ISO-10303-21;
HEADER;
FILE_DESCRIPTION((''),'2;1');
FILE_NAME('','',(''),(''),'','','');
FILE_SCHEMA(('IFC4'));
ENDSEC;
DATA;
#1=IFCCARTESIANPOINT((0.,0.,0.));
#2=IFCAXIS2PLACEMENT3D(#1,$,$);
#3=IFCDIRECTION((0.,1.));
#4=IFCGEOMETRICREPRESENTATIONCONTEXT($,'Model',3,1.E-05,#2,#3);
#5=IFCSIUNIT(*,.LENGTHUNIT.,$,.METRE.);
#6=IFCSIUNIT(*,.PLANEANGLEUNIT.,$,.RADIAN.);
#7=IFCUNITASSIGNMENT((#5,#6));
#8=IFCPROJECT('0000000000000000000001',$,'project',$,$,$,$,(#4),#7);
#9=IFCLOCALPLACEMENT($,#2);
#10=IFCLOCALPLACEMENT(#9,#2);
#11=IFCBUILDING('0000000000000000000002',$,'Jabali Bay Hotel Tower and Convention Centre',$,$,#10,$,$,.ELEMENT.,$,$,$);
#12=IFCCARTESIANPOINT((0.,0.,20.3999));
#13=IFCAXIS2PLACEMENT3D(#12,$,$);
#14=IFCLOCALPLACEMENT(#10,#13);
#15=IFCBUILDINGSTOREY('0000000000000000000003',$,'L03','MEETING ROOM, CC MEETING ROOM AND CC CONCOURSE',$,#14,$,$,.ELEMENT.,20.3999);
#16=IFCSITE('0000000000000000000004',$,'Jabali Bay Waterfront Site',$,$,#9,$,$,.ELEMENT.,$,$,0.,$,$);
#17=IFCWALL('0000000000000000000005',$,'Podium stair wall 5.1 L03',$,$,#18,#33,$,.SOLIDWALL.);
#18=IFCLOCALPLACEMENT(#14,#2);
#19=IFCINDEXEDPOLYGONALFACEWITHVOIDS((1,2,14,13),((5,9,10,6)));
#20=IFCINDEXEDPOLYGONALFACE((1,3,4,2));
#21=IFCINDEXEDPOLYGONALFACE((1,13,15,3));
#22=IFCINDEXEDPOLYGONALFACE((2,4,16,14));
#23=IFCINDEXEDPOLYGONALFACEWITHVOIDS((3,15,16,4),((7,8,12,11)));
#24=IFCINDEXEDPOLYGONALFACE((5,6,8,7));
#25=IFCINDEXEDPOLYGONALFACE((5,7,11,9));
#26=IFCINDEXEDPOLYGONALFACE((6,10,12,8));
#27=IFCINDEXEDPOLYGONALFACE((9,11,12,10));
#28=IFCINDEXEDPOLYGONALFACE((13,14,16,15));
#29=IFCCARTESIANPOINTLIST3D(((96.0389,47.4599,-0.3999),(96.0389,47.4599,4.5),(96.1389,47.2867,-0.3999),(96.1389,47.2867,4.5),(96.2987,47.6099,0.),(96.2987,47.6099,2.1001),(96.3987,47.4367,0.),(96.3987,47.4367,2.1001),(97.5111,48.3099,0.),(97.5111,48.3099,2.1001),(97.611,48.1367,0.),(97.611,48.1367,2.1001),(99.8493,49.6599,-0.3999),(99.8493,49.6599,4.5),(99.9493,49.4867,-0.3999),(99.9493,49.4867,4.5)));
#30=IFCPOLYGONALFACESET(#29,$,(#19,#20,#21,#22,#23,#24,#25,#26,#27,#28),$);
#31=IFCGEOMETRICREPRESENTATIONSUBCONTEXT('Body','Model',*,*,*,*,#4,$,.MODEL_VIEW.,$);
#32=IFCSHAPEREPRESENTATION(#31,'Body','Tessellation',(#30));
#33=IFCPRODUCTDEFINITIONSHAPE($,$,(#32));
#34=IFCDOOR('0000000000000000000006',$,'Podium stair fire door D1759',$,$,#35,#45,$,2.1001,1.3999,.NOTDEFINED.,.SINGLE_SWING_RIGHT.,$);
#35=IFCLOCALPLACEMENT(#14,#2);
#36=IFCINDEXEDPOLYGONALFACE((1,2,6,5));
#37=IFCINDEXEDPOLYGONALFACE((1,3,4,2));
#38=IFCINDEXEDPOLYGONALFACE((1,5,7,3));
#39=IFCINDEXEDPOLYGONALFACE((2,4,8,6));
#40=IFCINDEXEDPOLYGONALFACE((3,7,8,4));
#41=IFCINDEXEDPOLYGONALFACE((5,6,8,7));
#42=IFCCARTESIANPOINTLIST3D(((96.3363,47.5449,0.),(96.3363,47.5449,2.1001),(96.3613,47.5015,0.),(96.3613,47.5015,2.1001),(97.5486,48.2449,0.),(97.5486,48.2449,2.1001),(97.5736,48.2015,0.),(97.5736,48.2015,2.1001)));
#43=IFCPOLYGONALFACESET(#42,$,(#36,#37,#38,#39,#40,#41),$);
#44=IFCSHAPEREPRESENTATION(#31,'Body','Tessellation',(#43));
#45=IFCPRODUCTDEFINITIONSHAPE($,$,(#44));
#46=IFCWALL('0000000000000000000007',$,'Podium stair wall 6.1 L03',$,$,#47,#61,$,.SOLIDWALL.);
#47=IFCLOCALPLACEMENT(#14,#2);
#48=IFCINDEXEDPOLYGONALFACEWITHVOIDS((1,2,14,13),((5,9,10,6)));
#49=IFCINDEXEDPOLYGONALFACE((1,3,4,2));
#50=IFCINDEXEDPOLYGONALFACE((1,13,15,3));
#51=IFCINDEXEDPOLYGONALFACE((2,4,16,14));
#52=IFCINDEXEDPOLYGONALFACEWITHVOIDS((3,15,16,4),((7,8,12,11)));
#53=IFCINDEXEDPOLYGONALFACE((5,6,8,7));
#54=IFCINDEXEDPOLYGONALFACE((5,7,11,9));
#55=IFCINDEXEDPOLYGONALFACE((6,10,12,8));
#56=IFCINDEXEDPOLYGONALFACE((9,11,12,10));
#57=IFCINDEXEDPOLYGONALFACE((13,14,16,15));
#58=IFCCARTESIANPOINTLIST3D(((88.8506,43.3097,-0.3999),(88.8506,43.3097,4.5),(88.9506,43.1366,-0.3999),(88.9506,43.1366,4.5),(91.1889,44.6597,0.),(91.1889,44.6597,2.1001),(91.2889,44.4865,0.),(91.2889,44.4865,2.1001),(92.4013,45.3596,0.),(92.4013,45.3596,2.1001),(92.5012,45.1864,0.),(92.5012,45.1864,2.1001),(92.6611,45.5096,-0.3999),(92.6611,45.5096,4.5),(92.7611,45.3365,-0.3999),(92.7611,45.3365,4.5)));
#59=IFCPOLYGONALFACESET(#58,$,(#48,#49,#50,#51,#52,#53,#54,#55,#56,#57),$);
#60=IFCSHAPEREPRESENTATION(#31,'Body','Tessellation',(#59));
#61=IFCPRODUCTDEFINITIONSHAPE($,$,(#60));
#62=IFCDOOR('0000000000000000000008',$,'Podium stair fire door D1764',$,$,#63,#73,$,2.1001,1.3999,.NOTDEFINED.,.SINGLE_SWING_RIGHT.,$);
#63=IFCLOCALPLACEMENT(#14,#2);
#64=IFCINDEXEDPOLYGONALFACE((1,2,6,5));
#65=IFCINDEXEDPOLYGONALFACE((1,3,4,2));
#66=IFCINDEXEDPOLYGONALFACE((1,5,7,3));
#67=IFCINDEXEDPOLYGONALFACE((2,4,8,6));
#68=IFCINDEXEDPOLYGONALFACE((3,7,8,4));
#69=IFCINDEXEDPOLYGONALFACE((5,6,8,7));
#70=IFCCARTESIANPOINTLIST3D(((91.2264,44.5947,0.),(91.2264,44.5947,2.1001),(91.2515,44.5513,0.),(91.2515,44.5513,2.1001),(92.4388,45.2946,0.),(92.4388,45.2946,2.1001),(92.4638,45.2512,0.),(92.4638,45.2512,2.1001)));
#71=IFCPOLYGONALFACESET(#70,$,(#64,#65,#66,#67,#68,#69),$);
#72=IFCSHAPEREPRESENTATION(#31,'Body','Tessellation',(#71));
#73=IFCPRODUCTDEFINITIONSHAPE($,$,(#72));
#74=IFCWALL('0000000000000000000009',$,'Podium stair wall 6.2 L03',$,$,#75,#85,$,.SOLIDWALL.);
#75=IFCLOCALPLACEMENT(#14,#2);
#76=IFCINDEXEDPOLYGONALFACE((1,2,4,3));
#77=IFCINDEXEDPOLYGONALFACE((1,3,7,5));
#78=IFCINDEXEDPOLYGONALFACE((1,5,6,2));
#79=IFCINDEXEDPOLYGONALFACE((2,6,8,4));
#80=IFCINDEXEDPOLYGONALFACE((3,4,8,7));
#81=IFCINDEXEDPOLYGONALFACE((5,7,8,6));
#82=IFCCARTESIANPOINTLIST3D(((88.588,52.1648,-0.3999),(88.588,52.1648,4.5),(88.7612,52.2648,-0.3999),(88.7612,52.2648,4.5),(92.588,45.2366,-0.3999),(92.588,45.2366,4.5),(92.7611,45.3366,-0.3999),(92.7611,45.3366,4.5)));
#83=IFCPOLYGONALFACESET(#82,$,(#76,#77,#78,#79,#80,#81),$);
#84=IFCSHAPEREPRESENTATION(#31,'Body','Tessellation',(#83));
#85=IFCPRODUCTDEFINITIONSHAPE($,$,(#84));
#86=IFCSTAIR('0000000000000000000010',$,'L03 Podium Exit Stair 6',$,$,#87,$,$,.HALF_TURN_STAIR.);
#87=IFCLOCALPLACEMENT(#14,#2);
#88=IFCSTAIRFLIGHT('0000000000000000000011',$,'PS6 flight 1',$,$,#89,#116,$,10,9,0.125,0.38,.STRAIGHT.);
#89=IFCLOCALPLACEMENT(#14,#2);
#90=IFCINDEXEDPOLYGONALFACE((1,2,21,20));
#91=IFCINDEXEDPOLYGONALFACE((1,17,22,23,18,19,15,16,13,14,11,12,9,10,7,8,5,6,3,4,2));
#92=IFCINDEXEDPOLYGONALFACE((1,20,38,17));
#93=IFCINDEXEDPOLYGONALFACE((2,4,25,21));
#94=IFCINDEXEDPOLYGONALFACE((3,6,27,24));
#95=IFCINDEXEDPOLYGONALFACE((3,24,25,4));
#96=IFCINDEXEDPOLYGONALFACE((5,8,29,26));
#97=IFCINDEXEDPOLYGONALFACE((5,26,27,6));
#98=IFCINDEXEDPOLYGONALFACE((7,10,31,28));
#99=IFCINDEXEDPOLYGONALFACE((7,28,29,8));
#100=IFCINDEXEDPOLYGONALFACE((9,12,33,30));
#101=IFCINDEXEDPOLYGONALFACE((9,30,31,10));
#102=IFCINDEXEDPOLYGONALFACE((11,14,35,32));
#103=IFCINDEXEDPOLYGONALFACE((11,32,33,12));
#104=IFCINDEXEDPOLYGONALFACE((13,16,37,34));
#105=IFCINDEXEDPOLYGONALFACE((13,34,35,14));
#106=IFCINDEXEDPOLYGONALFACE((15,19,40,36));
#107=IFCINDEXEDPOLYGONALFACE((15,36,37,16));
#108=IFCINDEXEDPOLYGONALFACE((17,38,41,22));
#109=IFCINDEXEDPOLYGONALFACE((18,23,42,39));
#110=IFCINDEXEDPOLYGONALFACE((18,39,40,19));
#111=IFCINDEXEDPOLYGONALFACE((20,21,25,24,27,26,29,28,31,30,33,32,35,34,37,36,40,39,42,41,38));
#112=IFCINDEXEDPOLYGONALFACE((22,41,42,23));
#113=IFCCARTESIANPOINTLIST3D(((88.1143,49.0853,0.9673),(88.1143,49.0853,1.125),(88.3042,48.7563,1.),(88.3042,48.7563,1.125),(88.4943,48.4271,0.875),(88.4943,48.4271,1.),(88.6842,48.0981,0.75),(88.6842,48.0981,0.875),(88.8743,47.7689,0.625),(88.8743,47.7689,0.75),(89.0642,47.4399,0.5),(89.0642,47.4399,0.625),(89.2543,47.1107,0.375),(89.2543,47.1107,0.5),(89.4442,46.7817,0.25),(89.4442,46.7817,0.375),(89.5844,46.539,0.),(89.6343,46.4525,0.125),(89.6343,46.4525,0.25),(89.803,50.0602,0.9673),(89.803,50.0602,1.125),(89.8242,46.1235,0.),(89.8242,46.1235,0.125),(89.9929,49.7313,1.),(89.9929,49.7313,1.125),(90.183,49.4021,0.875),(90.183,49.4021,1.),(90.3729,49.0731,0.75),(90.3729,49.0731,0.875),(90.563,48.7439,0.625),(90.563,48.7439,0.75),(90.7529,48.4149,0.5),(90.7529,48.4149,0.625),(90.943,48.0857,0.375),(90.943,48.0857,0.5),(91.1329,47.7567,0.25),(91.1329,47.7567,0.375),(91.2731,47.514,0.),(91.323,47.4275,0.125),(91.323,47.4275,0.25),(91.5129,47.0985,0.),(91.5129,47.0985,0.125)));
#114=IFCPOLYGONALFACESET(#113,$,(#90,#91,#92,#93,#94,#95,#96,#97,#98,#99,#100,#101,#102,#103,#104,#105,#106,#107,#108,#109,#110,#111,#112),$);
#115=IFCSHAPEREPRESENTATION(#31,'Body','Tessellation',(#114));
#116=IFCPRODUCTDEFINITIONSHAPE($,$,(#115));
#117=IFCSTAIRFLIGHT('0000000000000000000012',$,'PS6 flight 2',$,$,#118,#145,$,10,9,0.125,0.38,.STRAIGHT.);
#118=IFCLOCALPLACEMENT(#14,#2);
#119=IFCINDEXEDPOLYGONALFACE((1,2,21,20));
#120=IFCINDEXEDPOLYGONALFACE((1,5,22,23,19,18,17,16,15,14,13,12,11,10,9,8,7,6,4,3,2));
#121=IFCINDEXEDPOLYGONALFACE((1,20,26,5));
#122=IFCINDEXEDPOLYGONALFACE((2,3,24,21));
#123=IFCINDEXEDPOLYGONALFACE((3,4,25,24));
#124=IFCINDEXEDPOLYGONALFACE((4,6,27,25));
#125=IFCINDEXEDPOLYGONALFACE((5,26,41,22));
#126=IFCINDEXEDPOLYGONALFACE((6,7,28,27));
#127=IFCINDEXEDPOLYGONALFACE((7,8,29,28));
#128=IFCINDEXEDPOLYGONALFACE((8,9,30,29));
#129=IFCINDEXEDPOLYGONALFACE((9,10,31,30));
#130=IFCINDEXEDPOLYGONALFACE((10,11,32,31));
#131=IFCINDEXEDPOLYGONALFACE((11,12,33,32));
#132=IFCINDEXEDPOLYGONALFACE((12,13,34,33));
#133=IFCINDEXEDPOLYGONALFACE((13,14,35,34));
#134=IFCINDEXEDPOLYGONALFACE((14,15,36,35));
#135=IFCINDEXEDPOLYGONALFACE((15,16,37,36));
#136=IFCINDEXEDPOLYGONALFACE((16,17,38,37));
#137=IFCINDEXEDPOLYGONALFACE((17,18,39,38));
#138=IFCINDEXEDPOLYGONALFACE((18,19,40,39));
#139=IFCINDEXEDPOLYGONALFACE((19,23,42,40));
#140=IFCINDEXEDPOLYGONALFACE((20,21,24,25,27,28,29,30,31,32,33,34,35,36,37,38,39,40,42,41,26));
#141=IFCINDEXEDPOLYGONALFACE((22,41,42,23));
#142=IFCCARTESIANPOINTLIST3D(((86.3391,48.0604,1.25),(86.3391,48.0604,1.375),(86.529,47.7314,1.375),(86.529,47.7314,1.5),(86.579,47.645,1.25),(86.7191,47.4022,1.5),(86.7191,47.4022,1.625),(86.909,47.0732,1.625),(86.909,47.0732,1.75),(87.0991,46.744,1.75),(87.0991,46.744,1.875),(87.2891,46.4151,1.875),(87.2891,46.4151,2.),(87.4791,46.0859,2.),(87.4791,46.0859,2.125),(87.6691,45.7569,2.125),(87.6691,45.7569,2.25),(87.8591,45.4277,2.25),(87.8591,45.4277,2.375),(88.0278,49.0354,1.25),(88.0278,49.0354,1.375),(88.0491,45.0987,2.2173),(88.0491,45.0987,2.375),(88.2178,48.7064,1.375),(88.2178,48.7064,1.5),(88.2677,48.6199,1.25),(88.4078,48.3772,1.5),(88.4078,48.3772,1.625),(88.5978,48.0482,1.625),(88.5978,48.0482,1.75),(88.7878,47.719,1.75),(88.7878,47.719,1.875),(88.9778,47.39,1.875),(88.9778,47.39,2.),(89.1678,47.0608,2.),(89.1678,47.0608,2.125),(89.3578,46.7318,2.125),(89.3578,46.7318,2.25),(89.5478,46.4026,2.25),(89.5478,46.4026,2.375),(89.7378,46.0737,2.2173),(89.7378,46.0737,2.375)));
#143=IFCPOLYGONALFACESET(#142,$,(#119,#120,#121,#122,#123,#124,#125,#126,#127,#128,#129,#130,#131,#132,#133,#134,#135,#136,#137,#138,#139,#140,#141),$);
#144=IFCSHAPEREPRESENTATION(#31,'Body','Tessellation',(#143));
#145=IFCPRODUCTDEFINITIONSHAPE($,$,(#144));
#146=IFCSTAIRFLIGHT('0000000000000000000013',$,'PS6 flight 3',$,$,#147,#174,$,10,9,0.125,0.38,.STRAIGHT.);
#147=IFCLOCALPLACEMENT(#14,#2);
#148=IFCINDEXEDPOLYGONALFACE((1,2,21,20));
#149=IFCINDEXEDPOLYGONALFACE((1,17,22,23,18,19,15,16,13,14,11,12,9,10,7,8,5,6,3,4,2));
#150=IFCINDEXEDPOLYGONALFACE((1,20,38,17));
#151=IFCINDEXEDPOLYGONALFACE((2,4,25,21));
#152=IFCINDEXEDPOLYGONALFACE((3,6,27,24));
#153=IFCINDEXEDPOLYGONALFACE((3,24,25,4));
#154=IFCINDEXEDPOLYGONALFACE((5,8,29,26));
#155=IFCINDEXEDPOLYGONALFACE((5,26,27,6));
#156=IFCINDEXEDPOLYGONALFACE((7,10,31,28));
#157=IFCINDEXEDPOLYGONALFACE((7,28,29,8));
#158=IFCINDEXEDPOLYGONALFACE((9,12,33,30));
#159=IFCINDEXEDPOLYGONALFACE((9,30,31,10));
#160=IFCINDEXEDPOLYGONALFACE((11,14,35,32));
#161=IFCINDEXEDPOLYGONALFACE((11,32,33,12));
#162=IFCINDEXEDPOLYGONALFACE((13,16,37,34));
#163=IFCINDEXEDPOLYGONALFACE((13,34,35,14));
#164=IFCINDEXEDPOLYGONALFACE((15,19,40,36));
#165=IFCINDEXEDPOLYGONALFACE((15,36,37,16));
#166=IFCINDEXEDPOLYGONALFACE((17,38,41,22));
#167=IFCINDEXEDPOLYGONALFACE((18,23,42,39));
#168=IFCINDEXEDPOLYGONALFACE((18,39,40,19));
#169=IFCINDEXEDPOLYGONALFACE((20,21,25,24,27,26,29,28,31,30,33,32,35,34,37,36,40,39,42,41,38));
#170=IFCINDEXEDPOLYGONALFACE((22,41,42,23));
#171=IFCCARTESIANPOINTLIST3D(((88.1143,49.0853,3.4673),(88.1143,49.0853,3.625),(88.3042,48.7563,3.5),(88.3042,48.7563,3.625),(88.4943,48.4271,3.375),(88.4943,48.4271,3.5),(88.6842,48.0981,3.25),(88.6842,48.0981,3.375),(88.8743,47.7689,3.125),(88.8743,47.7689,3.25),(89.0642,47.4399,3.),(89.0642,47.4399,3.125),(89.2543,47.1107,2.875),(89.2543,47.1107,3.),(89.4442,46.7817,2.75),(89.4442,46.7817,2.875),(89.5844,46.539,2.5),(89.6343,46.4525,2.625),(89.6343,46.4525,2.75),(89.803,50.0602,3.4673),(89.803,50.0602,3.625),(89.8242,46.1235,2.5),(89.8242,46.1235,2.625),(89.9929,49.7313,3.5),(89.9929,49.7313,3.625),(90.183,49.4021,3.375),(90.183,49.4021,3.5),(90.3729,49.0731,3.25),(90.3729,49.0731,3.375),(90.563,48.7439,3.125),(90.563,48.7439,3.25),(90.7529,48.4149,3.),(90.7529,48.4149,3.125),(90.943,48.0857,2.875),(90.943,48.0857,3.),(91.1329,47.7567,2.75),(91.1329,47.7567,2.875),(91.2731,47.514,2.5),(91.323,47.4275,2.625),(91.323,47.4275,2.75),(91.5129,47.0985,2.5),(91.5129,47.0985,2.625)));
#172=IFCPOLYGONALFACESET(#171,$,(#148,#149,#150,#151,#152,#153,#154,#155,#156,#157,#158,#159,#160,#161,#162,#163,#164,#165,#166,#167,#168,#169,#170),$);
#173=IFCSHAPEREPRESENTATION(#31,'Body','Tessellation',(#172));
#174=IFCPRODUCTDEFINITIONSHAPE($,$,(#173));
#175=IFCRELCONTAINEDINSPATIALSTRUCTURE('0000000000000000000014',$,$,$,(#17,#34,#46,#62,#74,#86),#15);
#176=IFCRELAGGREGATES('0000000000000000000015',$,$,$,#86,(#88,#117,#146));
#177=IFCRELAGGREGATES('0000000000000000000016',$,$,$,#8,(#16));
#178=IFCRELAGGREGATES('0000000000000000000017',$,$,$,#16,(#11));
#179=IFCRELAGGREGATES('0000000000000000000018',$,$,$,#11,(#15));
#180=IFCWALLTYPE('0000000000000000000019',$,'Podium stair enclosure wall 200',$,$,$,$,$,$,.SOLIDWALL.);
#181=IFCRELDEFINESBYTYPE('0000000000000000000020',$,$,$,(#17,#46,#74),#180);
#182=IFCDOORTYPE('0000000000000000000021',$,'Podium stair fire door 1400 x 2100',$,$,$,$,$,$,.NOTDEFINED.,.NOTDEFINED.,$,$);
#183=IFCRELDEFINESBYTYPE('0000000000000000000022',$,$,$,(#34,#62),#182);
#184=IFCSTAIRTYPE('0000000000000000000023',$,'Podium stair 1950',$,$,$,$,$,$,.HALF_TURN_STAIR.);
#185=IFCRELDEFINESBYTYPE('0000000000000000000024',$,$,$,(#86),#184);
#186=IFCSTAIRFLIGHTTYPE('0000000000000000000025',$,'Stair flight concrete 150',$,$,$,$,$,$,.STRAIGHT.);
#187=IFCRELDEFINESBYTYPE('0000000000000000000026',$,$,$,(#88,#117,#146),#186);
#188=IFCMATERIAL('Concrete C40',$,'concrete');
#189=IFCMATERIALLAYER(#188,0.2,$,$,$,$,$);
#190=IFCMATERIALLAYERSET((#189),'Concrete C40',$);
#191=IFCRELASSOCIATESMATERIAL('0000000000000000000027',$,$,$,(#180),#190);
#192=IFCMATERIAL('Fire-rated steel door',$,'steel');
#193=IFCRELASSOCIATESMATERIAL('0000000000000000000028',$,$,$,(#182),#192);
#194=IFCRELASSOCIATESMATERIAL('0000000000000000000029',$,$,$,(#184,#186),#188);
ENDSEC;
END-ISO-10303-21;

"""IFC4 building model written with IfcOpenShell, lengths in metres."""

from ifc_helpers import new_model, si_unit, direction, frame, frame_2d, origin, place, context, subcontext, project, spatial, polyline, rectangle, outline, extrude, material, layer, layer_set, type_object, element, fill, aggregate, save


model = new_model("IFC4")

# Units and contexts
model_context = context("Model", 3, precision=1e-05, world=origin(), true_north=direction((0.0, 1.0)))
body_context = subcontext(model_context, "Body", "Model", "MODEL_VIEW")
ifc_project = project(units=[si_unit("LENGTHUNIT", "METRE"), si_unit("PLANEANGLEUNIT", "RADIAN")], contexts=[model_context])

# Site, building, storey
site_placement = place(None, origin())
site = spatial("IfcSite", under=ifc_project, at=site_placement, Name="Jabali Bay Waterfront Site", CompositionType="ELEMENT", RefElevation=0.0)
building_placement = place(site_placement, origin())
building = spatial("IfcBuilding", under=site, at=building_placement, Name="Jabali Bay Hotel Tower and Convention Centre", CompositionType="ELEMENT")
storey_placement = place(building_placement, frame((0.0, 0.0, 20.3999)))
storey = spatial("IfcBuildingStorey", under=building, at=storey_placement, Name="L03", Description="MEETING ROOM, CC MEETING ROOM AND CC CONCOURSE", CompositionType="ELEMENT", Elevation=20.3999)

# Shared definitions
ifc_material_1 = material(Name="Concrete C40", Category="concrete")

# Walls, openings, doors
ifc_layer_1 = layer(ifc_material_1, 0.2)
ifc_layer_set_1 = layer_set([ifc_layer_1], Name="Concrete C40")
wall_type_1 = type_object("IfcWallType", Name="Podium stair enclosure wall 200", PredefinedType="SOLIDWALL", material=ifc_layer_set_1)
wall_1_placement = place(storey_placement, frame((96.0889, 47.3733, -0.3999), z_axis=(0.0, 0.0, 1.0), x_axis=(0.866018, 0.500012, 0.0)))
wall_1 = element("IfcWall", 1, at=wall_1_placement, inside=storey, type_object=wall_type_1, Name="Podium stair wall 5.1 L03", PredefinedType="SOLIDWALL", context=body_context, shape_type="SweptSolid", body=[
    extrude(rectangle(XDim=4.3999, YDim=0.2, at=frame_2d((2.2, 0.0))), origin(), (0.0, 0.0, 1.0), 4.8999),
])
opening_1_placement = place(wall_1_placement, frame((0.3, 0.0, 0.3999)))
opening_1 = element("IfcOpeningElement", 2, at=opening_1_placement, cuts=wall_1, PredefinedType="OPENING", context=body_context, shape_type="SweptSolid", body=[
    extrude(rectangle(XDim=1.3999, YDim=2.1001, at=frame_2d((0.7, 1.05))), frame((0.0, 0.1104, 0.0), z_axis=(0.0, -1.0, 0.0), x_axis=(1.0, 0.0, 0.0)), (0.0, 0.0, 1.0), 0.2209),
])
ifc_material_2 = material(Name="Fire-rated steel door", Category="steel")
door_type = type_object("IfcDoorType", Name="Podium stair fire door 1400 x 2100", OperationType="NOTDEFINED", PredefinedType="NOTDEFINED", material=ifc_material_2)
door_1_placement = place(opening_1_placement, origin())
door_1 = element("IfcDoor", 3, at=door_1_placement, inside=storey, type_object=door_type, Name="Podium stair fire door D1759", OperationType="SINGLE_SWING_RIGHT", OverallHeight=2.1001, OverallWidth=1.3999, PredefinedType="NOTDEFINED", context=body_context, shape_type="SweptSolid", body=[
    extrude(rectangle(XDim=1.3999, YDim=2.1001, at=frame_2d((0.7, 1.05))), frame((0.0, 0.0249, 0.0), z_axis=(0.0, -1.0, 0.0), x_axis=(1.0, 0.0, 0.0)), (0.0, 0.0, 1.0), 0.05),
])
fill(opening_1, door_1)
wall_2_placement = place(storey_placement, frame((88.9006, 43.2231, -0.3999), z_axis=(0.0, 0.0, 1.0), x_axis=(0.866032, 0.499988, 0.0)))
wall_2 = element("IfcWall", 4, at=wall_2_placement, inside=storey, type_object=wall_type_1, Name="Podium stair wall 6.1 L03", PredefinedType="SOLIDWALL", context=body_context, shape_type="SweptSolid", body=[
    extrude(rectangle(XDim=4.3999, YDim=0.2, at=frame_2d((2.2, 0.0))), origin(), (0.0, 0.0, 1.0), 4.8999),
])
opening_2_placement = place(wall_2_placement, frame((2.7, 0.0, 0.3999)))
opening_2 = element("IfcOpeningElement", 5, at=opening_2_placement, cuts=wall_2, PredefinedType="OPENING", context=body_context, shape_type="SweptSolid", body=[
    extrude(rectangle(XDim=1.3999, YDim=2.1001, at=frame_2d((0.7, 1.05))), frame((0.0, 0.1104, 0.0), z_axis=(0.0, -1.0, 0.0), x_axis=(1.0, 0.0, 0.0)), (0.0, 0.0, 1.0), 0.2209),
])
door_2_placement = place(opening_2_placement, origin())
door_2 = element("IfcDoor", 6, at=door_2_placement, inside=storey, type_object=door_type, Name="Podium stair fire door D1764", OperationType="SINGLE_SWING_RIGHT", OverallHeight=2.1001, OverallWidth=1.3999, PredefinedType="NOTDEFINED", context=body_context, shape_type="SweptSolid", body=[
    extrude(rectangle(XDim=1.3999, YDim=2.1001, at=frame_2d((0.7, 1.05))), frame((0.0, 0.0249, 0.0), z_axis=(0.0, -1.0, 0.0), x_axis=(1.0, 0.0, 0.0)), (0.0, 0.0, 1.0), 0.05),
])
fill(opening_2, door_2)

# Wall
wall_3_placement = place(storey_placement, frame((92.6746, 45.2866, -0.3999), z_axis=(0.0, 0.0, 1.0), x_axis=(-0.499999, 0.866026, 0.0)))
element("IfcWall", 7, at=wall_3_placement, inside=storey, type_object=wall_type_1, Name="Podium stair wall 6.2 L03", PredefinedType="SOLIDWALL", context=body_context, shape_type="SweptSolid", body=[
    extrude(rectangle(XDim=8.0, YDim=0.2, at=frame_2d((4.0, 0.0))), origin(), (0.0, 0.0, 1.0), 4.8999),
])

# Stair, stair flights
stair_type = type_object("IfcStairType", Name="Podium stair 1950", PredefinedType="HALF_TURN_STAIR", material=ifc_material_1)
stair_placement = place(storey_placement, origin())
stair = element("IfcStair", 8, at=stair_placement, inside=storey, type_object=stair_type, Name="L03 Podium Exit Stair 6", PredefinedType="HALF_TURN_STAIR")
stair_flight_type = type_object("IfcStairFlightType", Name="Stair flight concrete 150", PredefinedType="STRAIGHT", material=ifc_material_1)
stair_flight_1_placement = place(storey_placement, frame((90.6687, 46.6111, 0.0), z_axis=(0.0, 0.0, 1.0), x_axis=(-0.5, 0.866025, 0.0)))
stair_flight_1 = element("IfcStairFlight", 9, at=stair_flight_1_placement, type_object=stair_flight_type, Name="PS6 flight 1", NumberOfRisers=10, NumberOfTreads=9, PredefinedType="STRAIGHT", RiserHeight=0.125, TreadLength=0.38, context=body_context, shape_type="SweptSolid", body=[
    extrude(outline(polyline([(0.0, 0.0), (0.0, 0.125), (0.3799, 0.125), (0.3799, 0.25), (0.76, 0.25), (0.76, 0.375), (1.1399, 0.375), (1.1399, 0.5), (1.52, 0.5), (1.52, 0.625), (1.8999, 0.625), (1.8999, 0.75), (2.28, 0.75), (2.28, 0.875), (2.6599, 0.875), (2.6599, 1.0), (3.04, 1.0), (3.04, 1.125), (3.4199, 1.125), (3.4199, 1.25), (3.4199, 0.9673), (0.4797, 0.0), (0.0, 0.0)])), frame((0.0, 0.9751, 0.0), z_axis=(0.0, -1.0, 0.0), x_axis=(1.0, 0.0, 0.0)), (0.0, 0.0, 1.0), 1.95),
])
stair_flight_2_placement = place(storey_placement, frame((87.1833, 48.5479, 1.25), z_axis=(0.0, 0.0, 1.0), x_axis=(0.5, -0.866025, 0.0)))
stair_flight_2 = element("IfcStairFlight", 10, at=stair_flight_2_placement, type_object=stair_flight_type, Name="PS6 flight 2", NumberOfRisers=10, NumberOfTreads=9, PredefinedType="STRAIGHT", RiserHeight=0.125, TreadLength=0.38, context=body_context, shape_type="SweptSolid", body=[
    extrude(outline(polyline([(0.0, 0.0), (0.0, 0.125), (0.3799, 0.125), (0.3799, 0.25), (0.76, 0.25), (0.76, 0.375), (1.1399, 0.375), (1.1399, 0.5), (1.52, 0.5), (1.52, 0.625), (1.8999, 0.625), (1.8999, 0.75), (2.28, 0.75), (2.28, 0.875), (2.6599, 0.875), (2.6599, 1.0), (3.04, 1.0), (3.04, 1.125), (3.4199, 1.125), (3.4199, 1.25), (3.4199, 0.9673), (0.4797, 0.0), (0.0, 0.0)])), frame((0.0, 0.9751, 0.0), z_axis=(0.0, -1.0, 0.0), x_axis=(1.0, 0.0, 0.0)), (0.0, 0.0, 1.0), 1.95),
])
stair_flight_3_placement = place(storey_placement, frame((90.6687, 46.6111, 2.5), z_axis=(0.0, 0.0, 1.0), x_axis=(-0.5, 0.866025, 0.0)))
stair_flight_3 = element("IfcStairFlight", 11, at=stair_flight_3_placement, type_object=stair_flight_type, Name="PS6 flight 3", NumberOfRisers=10, NumberOfTreads=9, PredefinedType="STRAIGHT", RiserHeight=0.125, TreadLength=0.38, context=body_context, shape_type="SweptSolid", body=[
    extrude(outline(polyline([(0.0, 0.0), (0.0, 0.125), (0.3799, 0.125), (0.3799, 0.25), (0.76, 0.25), (0.76, 0.375), (1.1399, 0.375), (1.1399, 0.5), (1.52, 0.5), (1.52, 0.625), (1.8999, 0.625), (1.8999, 0.75), (2.28, 0.75), (2.28, 0.875), (2.6599, 0.875), (2.6599, 1.0), (3.04, 1.0), (3.04, 1.125), (3.4199, 1.125), (3.4199, 1.25), (3.4199, 0.9673), (0.4797, 0.0), (0.0, 0.0)])), frame((0.0, 0.9751, 0.0), z_axis=(0.0, -1.0, 0.0), x_axis=(1.0, 0.0, 0.0)), (0.0, 0.0, 1.0), 1.95),
])
aggregate(stair, [stair_flight_1, stair_flight_2, stair_flight_3])

save(model, "model.ifc")
